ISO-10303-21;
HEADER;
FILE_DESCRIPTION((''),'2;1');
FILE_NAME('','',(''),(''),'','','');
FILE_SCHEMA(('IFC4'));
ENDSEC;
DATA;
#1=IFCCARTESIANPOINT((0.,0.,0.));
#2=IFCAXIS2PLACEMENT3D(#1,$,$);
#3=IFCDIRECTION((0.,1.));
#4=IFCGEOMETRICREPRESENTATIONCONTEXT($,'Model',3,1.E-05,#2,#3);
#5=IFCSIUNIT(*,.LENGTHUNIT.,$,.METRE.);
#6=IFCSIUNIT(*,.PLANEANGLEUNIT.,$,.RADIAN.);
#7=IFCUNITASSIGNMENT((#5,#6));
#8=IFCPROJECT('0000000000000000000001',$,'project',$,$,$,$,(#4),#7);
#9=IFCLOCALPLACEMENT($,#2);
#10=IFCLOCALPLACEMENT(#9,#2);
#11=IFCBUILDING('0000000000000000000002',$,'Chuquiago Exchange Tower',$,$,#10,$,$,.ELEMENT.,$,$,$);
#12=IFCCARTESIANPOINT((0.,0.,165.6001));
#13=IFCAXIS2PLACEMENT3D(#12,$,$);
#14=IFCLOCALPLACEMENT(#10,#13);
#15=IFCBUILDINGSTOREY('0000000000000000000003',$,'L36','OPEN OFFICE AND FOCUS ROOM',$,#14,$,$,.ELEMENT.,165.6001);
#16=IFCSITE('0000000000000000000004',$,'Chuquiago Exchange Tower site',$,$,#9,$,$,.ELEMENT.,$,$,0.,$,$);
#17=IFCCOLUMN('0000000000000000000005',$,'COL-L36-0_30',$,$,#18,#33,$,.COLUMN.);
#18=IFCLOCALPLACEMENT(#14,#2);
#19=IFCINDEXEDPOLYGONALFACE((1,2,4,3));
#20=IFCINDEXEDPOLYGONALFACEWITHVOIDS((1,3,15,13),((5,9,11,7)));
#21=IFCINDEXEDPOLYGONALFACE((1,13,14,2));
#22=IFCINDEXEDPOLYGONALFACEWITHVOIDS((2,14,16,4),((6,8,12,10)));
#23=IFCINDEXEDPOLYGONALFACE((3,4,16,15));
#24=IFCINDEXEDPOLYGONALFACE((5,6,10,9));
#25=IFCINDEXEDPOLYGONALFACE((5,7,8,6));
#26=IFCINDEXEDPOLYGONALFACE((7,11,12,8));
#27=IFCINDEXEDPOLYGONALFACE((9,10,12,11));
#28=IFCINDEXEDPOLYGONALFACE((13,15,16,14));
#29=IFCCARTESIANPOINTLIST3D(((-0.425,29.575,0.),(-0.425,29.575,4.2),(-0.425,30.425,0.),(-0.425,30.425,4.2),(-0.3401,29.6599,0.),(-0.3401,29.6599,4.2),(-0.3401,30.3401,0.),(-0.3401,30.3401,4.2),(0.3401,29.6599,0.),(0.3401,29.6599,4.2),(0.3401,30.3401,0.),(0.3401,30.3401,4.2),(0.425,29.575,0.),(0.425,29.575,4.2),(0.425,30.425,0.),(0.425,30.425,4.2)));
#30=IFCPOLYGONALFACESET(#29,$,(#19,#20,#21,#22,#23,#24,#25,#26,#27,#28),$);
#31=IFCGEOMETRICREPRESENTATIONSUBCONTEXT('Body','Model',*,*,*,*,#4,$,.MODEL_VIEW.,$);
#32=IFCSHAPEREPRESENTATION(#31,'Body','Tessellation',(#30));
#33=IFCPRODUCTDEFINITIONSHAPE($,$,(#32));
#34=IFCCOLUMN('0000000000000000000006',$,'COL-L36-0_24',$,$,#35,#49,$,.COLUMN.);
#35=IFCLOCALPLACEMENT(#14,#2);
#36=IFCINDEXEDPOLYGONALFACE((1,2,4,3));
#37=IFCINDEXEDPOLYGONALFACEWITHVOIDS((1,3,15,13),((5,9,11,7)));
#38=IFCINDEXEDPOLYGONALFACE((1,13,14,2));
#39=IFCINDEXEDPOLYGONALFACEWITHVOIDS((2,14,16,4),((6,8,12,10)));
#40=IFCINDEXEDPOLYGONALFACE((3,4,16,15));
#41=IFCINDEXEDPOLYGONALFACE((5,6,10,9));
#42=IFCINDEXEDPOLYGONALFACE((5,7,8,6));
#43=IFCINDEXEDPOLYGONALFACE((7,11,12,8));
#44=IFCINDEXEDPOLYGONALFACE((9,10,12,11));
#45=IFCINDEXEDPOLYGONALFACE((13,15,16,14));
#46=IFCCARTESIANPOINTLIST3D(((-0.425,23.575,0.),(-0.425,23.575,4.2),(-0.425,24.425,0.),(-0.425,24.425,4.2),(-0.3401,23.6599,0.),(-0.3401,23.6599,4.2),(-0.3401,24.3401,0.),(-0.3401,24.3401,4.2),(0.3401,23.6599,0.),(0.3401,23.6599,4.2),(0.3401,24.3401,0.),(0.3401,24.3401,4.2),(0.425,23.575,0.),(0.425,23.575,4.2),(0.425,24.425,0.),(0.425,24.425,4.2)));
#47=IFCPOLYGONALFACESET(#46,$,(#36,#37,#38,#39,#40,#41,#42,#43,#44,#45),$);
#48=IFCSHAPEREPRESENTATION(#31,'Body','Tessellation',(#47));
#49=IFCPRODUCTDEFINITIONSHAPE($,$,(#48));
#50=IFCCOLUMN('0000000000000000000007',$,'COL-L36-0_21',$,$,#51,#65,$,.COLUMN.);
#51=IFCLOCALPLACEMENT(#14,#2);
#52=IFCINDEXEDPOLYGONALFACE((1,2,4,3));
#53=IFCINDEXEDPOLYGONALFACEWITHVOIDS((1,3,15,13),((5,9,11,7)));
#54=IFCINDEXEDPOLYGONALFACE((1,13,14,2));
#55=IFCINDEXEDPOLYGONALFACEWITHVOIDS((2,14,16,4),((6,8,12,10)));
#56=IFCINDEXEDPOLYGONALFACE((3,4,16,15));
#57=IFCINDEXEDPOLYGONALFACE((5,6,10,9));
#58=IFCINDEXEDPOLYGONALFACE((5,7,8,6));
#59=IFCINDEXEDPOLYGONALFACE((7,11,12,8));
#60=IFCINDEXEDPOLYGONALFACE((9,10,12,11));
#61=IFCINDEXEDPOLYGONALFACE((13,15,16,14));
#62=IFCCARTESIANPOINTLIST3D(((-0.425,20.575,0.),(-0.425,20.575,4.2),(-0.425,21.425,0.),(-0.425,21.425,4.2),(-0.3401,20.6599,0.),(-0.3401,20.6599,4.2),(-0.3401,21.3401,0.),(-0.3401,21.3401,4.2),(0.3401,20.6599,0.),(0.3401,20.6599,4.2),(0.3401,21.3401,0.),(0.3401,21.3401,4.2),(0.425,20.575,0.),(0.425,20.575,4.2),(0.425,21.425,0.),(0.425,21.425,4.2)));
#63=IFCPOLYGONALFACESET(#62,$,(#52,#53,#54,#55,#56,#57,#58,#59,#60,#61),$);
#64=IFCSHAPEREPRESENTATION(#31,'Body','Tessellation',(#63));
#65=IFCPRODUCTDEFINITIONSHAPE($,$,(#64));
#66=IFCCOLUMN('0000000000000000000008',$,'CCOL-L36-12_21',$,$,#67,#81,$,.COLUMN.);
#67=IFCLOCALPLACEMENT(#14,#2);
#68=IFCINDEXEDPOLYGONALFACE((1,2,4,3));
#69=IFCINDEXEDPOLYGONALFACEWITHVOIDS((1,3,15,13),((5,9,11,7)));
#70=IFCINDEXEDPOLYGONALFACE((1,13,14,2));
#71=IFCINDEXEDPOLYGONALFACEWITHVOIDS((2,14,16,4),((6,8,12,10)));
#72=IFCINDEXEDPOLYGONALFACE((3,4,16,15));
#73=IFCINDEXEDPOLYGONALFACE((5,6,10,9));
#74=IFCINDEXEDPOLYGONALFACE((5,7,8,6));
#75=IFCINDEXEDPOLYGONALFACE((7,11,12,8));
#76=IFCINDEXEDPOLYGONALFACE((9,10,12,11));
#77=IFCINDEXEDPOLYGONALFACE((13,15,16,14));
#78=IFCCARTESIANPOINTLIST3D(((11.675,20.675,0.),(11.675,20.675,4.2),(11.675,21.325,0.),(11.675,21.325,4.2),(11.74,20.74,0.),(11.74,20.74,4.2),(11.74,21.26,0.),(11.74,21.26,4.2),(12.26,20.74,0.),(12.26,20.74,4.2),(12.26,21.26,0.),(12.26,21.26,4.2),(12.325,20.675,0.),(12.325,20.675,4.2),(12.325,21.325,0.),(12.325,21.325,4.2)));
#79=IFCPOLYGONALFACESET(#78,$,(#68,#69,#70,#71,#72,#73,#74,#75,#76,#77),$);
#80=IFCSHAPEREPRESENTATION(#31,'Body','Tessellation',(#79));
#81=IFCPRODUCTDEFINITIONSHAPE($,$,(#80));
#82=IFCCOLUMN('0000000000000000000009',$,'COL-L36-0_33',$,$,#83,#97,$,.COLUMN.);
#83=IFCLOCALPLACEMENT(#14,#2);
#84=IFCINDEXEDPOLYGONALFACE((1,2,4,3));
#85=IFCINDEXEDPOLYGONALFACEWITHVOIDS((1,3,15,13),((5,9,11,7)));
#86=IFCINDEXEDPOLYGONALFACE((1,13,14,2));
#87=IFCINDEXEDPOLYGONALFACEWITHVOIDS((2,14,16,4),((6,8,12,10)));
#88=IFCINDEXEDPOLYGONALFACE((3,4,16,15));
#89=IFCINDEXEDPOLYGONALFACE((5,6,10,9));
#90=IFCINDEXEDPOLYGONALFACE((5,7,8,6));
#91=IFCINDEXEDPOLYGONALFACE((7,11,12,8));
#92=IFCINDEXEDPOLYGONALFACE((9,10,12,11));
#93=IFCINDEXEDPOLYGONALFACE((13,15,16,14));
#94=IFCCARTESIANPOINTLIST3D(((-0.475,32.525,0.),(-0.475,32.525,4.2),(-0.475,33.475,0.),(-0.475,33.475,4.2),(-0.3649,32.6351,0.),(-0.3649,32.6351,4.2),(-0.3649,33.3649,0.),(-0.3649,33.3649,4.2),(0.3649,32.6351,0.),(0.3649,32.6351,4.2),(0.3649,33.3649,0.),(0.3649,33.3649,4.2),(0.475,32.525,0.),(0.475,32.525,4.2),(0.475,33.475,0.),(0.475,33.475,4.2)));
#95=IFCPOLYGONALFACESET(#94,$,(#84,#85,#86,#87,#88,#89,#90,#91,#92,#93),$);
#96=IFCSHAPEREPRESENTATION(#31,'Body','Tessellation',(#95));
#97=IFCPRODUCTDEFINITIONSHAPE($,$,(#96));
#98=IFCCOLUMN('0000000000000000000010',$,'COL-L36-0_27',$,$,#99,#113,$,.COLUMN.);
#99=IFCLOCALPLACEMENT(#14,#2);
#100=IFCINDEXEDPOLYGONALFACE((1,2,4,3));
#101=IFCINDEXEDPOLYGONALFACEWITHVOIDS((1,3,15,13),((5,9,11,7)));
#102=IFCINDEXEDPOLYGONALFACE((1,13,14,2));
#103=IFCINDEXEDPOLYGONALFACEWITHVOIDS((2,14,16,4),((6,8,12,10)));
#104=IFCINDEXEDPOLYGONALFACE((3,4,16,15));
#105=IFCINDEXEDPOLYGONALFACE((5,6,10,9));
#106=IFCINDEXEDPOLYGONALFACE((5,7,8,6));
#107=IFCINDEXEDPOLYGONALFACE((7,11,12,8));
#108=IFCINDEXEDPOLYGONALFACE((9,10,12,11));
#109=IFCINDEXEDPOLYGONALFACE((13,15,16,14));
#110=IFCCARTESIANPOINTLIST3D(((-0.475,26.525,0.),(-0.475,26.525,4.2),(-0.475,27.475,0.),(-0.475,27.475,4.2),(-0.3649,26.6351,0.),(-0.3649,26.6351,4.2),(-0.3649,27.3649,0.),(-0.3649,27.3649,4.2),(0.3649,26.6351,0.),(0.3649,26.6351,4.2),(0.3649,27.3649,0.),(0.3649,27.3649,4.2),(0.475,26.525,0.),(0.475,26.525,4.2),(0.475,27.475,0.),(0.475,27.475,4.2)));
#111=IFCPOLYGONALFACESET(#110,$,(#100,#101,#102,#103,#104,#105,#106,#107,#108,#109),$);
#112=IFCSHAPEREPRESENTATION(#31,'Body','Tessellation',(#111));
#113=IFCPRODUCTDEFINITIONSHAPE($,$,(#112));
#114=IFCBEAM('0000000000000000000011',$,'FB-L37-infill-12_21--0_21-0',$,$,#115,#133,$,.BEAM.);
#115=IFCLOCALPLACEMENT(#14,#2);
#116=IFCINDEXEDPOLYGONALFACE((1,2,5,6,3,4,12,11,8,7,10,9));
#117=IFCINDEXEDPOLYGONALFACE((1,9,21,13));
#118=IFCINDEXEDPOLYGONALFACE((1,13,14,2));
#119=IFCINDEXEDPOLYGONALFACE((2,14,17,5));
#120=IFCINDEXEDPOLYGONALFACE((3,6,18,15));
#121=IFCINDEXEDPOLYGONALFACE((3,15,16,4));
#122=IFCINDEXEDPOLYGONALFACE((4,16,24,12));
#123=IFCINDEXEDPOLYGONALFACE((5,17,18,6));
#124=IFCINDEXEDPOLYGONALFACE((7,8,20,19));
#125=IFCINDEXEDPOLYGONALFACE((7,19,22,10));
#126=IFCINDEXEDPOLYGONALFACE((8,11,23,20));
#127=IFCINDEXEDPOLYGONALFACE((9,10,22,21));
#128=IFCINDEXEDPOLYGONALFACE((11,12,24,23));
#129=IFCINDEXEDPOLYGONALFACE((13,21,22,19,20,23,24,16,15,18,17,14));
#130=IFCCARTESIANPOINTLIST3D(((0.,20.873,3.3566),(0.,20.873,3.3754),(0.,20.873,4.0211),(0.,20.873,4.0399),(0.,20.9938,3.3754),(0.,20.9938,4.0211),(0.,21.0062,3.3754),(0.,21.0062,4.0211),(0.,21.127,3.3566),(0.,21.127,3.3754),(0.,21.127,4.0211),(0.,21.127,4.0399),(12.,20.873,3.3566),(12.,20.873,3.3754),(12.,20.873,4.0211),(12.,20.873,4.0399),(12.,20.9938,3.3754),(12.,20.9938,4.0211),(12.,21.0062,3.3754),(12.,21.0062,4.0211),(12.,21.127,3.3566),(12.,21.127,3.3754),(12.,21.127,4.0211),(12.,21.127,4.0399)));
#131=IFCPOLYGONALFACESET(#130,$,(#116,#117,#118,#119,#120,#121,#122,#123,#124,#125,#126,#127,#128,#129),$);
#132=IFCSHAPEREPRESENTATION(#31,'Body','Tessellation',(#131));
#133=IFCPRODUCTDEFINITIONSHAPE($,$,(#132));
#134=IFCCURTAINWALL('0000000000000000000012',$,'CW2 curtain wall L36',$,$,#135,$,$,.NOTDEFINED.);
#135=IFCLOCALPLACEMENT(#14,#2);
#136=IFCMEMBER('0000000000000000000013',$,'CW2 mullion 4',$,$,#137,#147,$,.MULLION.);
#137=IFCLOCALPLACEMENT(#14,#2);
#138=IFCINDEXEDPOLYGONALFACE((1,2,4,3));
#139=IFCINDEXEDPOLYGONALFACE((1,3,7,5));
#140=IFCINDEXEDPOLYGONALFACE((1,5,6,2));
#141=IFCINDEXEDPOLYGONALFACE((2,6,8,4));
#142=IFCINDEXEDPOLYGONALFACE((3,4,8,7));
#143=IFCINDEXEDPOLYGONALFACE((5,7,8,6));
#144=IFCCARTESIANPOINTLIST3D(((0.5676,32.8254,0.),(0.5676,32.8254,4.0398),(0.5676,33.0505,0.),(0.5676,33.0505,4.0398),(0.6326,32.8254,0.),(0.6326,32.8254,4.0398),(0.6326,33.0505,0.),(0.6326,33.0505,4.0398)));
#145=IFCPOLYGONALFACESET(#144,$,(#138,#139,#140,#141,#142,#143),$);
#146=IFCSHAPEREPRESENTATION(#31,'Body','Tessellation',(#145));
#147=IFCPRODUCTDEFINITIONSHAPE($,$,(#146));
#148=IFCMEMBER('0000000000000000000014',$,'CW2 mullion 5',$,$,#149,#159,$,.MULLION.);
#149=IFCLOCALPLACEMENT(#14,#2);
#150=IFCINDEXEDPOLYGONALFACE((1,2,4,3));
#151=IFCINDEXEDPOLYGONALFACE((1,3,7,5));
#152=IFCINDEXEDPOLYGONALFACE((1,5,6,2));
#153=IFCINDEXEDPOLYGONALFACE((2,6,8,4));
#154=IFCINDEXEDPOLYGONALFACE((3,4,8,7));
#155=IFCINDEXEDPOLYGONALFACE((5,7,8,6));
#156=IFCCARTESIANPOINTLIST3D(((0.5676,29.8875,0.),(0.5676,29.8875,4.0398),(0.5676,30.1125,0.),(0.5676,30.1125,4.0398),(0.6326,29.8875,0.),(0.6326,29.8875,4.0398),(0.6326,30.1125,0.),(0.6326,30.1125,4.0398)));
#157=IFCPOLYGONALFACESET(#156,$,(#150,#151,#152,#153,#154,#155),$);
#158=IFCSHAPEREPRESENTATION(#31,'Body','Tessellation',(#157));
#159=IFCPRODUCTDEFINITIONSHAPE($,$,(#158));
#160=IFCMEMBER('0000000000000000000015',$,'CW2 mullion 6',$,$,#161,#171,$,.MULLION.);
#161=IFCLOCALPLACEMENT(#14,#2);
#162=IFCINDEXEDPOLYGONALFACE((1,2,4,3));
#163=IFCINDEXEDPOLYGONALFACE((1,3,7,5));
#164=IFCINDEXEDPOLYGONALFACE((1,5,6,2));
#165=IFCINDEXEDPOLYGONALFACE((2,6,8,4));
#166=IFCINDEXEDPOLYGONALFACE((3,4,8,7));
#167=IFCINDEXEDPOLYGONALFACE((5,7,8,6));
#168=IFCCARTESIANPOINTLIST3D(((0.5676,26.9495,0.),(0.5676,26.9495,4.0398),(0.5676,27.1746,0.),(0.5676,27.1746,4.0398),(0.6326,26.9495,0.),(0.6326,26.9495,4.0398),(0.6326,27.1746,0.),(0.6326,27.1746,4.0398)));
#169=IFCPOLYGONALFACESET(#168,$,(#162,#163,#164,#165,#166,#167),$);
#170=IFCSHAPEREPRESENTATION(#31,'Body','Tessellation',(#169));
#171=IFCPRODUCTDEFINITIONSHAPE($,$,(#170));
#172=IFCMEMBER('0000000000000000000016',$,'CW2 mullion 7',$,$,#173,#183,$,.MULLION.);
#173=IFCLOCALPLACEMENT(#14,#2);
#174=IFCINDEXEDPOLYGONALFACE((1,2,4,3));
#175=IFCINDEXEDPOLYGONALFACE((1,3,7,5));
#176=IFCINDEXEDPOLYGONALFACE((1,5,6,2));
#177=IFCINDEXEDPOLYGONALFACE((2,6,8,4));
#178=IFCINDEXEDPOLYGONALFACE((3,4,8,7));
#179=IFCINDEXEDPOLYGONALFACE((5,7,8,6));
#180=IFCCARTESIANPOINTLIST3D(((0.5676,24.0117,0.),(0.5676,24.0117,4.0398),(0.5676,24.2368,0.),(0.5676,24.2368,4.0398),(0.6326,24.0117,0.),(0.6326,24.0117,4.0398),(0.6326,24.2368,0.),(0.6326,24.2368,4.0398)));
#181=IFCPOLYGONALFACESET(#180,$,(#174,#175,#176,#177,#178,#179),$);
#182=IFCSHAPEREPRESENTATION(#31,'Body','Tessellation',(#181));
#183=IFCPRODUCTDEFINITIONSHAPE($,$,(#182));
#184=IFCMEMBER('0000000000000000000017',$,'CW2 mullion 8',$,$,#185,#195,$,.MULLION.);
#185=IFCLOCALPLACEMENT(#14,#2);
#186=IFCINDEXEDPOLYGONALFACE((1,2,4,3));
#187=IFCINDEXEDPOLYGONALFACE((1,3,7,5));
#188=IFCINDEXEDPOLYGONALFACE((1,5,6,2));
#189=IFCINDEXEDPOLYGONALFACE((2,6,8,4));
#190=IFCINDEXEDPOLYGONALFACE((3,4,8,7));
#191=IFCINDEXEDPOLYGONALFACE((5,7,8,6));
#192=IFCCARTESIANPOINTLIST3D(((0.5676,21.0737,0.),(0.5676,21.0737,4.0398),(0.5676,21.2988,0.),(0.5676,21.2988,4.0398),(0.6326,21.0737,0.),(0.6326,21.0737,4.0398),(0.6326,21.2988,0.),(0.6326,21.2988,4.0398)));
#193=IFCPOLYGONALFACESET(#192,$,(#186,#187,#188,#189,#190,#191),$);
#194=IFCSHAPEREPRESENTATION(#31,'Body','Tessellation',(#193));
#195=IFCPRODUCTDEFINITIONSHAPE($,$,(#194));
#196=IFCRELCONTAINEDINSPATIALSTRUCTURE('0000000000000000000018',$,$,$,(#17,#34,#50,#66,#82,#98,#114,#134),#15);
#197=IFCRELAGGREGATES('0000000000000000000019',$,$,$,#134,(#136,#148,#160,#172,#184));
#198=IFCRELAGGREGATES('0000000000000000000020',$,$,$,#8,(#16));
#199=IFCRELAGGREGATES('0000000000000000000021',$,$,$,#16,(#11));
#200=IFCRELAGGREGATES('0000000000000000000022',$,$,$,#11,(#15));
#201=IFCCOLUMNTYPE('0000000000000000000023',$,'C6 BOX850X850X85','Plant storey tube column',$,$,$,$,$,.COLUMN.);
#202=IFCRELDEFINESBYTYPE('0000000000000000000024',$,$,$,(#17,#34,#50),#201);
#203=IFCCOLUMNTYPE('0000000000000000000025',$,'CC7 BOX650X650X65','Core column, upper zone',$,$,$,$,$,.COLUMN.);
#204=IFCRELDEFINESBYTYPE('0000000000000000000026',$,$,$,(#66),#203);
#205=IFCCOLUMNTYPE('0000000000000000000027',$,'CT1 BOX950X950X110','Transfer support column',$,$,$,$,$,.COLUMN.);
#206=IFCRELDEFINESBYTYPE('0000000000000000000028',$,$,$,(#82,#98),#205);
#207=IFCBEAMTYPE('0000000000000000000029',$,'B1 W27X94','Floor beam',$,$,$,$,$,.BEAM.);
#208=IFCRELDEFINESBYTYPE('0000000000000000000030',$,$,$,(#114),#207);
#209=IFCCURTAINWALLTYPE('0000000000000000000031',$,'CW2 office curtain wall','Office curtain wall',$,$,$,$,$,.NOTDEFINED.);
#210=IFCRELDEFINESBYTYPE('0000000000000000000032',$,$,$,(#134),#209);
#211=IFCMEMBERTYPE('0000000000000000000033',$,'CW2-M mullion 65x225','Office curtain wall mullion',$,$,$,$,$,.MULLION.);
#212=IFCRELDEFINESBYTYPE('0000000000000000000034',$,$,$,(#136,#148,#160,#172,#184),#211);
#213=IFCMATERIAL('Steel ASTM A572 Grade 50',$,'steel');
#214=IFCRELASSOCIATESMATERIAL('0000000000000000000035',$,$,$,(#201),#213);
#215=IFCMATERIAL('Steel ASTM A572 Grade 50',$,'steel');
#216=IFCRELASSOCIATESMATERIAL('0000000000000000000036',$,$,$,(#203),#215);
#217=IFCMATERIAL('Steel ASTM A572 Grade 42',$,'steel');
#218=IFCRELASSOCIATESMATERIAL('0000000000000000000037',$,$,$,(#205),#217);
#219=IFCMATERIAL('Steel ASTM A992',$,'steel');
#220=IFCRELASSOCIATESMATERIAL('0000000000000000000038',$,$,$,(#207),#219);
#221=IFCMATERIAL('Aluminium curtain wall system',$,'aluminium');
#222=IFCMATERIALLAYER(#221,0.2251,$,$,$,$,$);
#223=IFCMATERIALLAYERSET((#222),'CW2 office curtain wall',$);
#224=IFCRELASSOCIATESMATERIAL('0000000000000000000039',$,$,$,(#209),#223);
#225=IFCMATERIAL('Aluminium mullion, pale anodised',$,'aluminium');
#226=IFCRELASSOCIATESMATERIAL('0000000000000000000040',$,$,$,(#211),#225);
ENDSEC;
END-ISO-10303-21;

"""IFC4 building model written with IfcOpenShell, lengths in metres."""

from ifc_helpers import new_model, si_unit, direction, frame, origin, origin_2d, place, context, subcontext, project, spatial, rectangle, hollow_rectangle, i_section, extrude, material, layer, layer_set, material_profile, profile_set, type_object, element, aggregate, save


model = new_model("IFC4")

# Units and contexts
model_context = context("Model", 3, precision=1e-05, world=origin(), true_north=direction((0.0, 1.0)))
body_context = subcontext(model_context, "Body", "Model", "MODEL_VIEW")
ifc_project = project(units=[si_unit("LENGTHUNIT", "METRE"), si_unit("PLANEANGLEUNIT", "RADIAN")], contexts=[model_context])

# Site, building, storey
site_placement = place(None, origin())
site = spatial("IfcSite", under=ifc_project, at=site_placement, Name="Chuquiago Exchange Tower site", CompositionType="ELEMENT", RefElevation=0.0)
building_placement = place(site_placement, origin())
building = spatial("IfcBuilding", under=site, at=building_placement, Name="Chuquiago Exchange Tower", CompositionType="ELEMENT")
storey_placement = place(building_placement, frame((0.0, 0.0, 165.6001)))
storey = spatial("IfcBuildingStorey", under=building, at=storey_placement, Name="L36", Description="OPEN OFFICE AND FOCUS ROOM", CompositionType="ELEMENT", Elevation=165.6001)

# Columns
ifc_material_1 = material(Name="Steel ASTM A572 Grade 50", Category="steel")
ifc_material_profile_1 = material_profile(ifc_material_1, hollow_rectangle(XDim=0.8501, YDim=0.8501, WallThickness=0.085, at=origin_2d()), Name="BOX850X850X85")
ifc_profile_set_1 = profile_set([ifc_material_profile_1], Name="Steel ASTM A572 Grade 50")
column_type_1 = type_object("IfcColumnType", Name="C6 BOX850X850X85", Description="Plant storey tube column", PredefinedType="COLUMN", material=ifc_profile_set_1)
for number, where, z_axis, x_axis, name in (
    (1, (0.0, 30.0, 0.0), (0.0, 0.0, 1.0), (-1.0, 0.0, 0.0), "COL-L36-0_30"),
    (2, (0.0, 24.0, 0.0), (0.0, 0.0, 1.0), (-1.0, 0.0, 0.0), "COL-L36-0_24"),
    (3, (0.0, 21.0, 0.0), (0.0, 0.0, 1.0), (-1.0, 0.0, 0.0), "COL-L36-0_21"),
):
    element("IfcColumn", number, at=place(storey_placement, frame(where, z_axis=z_axis, x_axis=x_axis)), inside=storey, type_object=column_type_1, Name=name, PredefinedType="COLUMN", context=body_context, shape_type="SweptSolid", body=[
        extrude(hollow_rectangle(XDim=0.8501, YDim=0.8501, WallThickness=0.085, at=origin_2d()), origin(), (0.0, 0.0, 1.0), 4.2),
    ])
ifc_material_2 = material(Name="Steel ASTM A572 Grade 50", Category="steel")
ifc_material_profile_2 = material_profile(ifc_material_2, hollow_rectangle(XDim=0.6499, YDim=0.6499, WallThickness=0.0649, at=origin_2d()), Name="BOX650X650X65")
ifc_profile_set_2 = profile_set([ifc_material_profile_2], Name="Steel ASTM A572 Grade 50")
column_type_2 = type_object("IfcColumnType", Name="CC7 BOX650X650X65", Description="Core column, upper zone", PredefinedType="COLUMN", material=ifc_profile_set_2)
column_placement = place(storey_placement, frame((12.0, 21.0, 0.0), z_axis=(0.0, 0.0, 1.0), x_axis=(1.0, 0.0, 0.0)))
element("IfcColumn", 4, at=column_placement, inside=storey, type_object=column_type_2, Name="CCOL-L36-12_21", PredefinedType="COLUMN", context=body_context, shape_type="SweptSolid", body=[
    extrude(hollow_rectangle(XDim=0.6499, YDim=0.6499, WallThickness=0.0649, at=origin_2d()), origin(), (0.0, 0.0, 1.0), 4.2),
])
ifc_material_3 = material(Name="Steel ASTM A572 Grade 42", Category="steel")
ifc_material_profile_3 = material_profile(ifc_material_3, hollow_rectangle(XDim=0.95, YDim=0.95, WallThickness=0.1101, at=origin_2d()), Name="BOX950X950X110")
ifc_profile_set_3 = profile_set([ifc_material_profile_3], Name="Steel ASTM A572 Grade 42")
column_type_3 = type_object("IfcColumnType", Name="CT1 BOX950X950X110", Description="Transfer support column", PredefinedType="COLUMN", material=ifc_profile_set_3)
for number, where, z_axis, x_axis, name in (
    (5, (0.0, 33.0, 0.0), (0.0, 0.0, 1.0), (-1.0, 0.0, 0.0), "COL-L36-0_33"),
    (6, (0.0, 27.0, 0.0), (0.0, 0.0, 1.0), (-1.0, 0.0, 0.0), "COL-L36-0_27"),
):
    element("IfcColumn", number, at=place(storey_placement, frame(where, z_axis=z_axis, x_axis=x_axis)), inside=storey, type_object=column_type_3, Name=name, PredefinedType="COLUMN", context=body_context, shape_type="SweptSolid", body=[
        extrude(hollow_rectangle(XDim=0.95, YDim=0.95, WallThickness=0.1101, at=origin_2d()), origin(), (0.0, 0.0, 1.0), 4.2),
    ])

# Beam
ifc_material_4 = material(Name="Steel ASTM A992", Category="steel")
ifc_material_profile_4 = material_profile(ifc_material_4, i_section(OverallWidth=0.2539, OverallDepth=0.6833, WebThickness=0.0125, FlangeThickness=0.0188, at=origin_2d()), Name="W27X94")
ifc_profile_set_4 = profile_set([ifc_material_profile_4], Name="Steel ASTM A992")
beam_type_1 = type_object("IfcBeamType", Name="B1 W27X94", Description="Floor beam", PredefinedType="BEAM", material=ifc_profile_set_4)
beam_placement = place(storey_placement, frame((12.0, 21.0, 3.6982), z_axis=(-1.0, 0.0, 0.0), x_axis=(0.0, -1.0, 0.0)))
element("IfcBeam", 7, at=beam_placement, inside=storey, type_object=beam_type_1, Name="FB-L37-infill-12_21--0_21-0", PredefinedType="BEAM", context=body_context, shape_type="SweptSolid", body=[
    extrude(i_section(OverallWidth=0.2539, OverallDepth=0.6833, WebThickness=0.0125, FlangeThickness=0.0188, at=origin_2d()), origin(), (0.0, 0.0, 1.0), 12.0),
])

# Curtain wall, members
ifc_material_5 = material(Name="Aluminium curtain wall system", Category="aluminium")
ifc_layer_1 = layer(ifc_material_5, 0.2251)
ifc_layer_set_1 = layer_set([ifc_layer_1], Name="CW2 office curtain wall")
curtain_wall_type = type_object("IfcCurtainWallType", Name="CW2 office curtain wall", Description="Office curtain wall", PredefinedType="NOTDEFINED", material=ifc_layer_set_1)
curtain_wall_placement = place(storey_placement, origin())
curtain_wall = element("IfcCurtainWall", 8, at=curtain_wall_placement, inside=storey, type_object=curtain_wall_type, Name="CW2 curtain wall L36", PredefinedType="NOTDEFINED")
ifc_material_6 = material(Name="Aluminium mullion, pale anodised", Category="aluminium")
ifc_material_profile_5 = material_profile(ifc_material_6, rectangle(XDim=0.0649, YDim=0.2251, at=origin_2d()), Name="AL 65x225")
ifc_profile_set_5 = profile_set([ifc_material_profile_5], Name="Aluminium mullion, pale anodised")
member_type_1 = type_object("IfcMemberType", Name="CW2-M mullion 65x225", Description="Office curtain wall mullion", PredefinedType="MULLION", material=ifc_profile_set_5)
member_1_placement = place(storey_placement, frame((0.6001, 32.938, 0.0), z_axis=(0.0, 0.0, 1.0), x_axis=(1.0, 0.0, 0.0)))
member_1 = element("IfcMember", 9, at=member_1_placement, type_object=member_type_1, Name="CW2 mullion 4", PredefinedType="MULLION", context=body_context, shape_type="SweptSolid", body=[
    extrude(rectangle(XDim=0.0649, YDim=0.2251, at=origin_2d()), origin(), (0.0, 0.0, 1.0), 4.0398),
])
member_2_placement = place(storey_placement, frame((0.6001, 30.0, 0.0), z_axis=(0.0, 0.0, 1.0), x_axis=(1.0, 0.0, 0.0)))
member_2 = element("IfcMember", 10, at=member_2_placement, type_object=member_type_1, Name="CW2 mullion 5", PredefinedType="MULLION", context=body_context, shape_type="SweptSolid", body=[
    extrude(rectangle(XDim=0.0649, YDim=0.2251, at=origin_2d()), origin(), (0.0, 0.0, 1.0), 4.0398),
])
member_3_placement = place(storey_placement, frame((0.6001, 27.062, 0.0), z_axis=(0.0, 0.0, 1.0), x_axis=(1.0, 0.0, 0.0)))
member_3 = element("IfcMember", 11, at=member_3_placement, type_object=member_type_1, Name="CW2 mullion 6", PredefinedType="MULLION", context=body_context, shape_type="SweptSolid", body=[
    extrude(rectangle(XDim=0.0649, YDim=0.2251, at=origin_2d()), origin(), (0.0, 0.0, 1.0), 4.0398),
])
member_4_placement = place(storey_placement, frame((0.6001, 24.1243, 0.0), z_axis=(0.0, 0.0, 1.0), x_axis=(1.0, 0.0, 0.0)))
member_4 = element("IfcMember", 12, at=member_4_placement, type_object=member_type_1, Name="CW2 mullion 7", PredefinedType="MULLION", context=body_context, shape_type="SweptSolid", body=[
    extrude(rectangle(XDim=0.0649, YDim=0.2251, at=origin_2d()), origin(), (0.0, 0.0, 1.0), 4.0398),
])
member_5_placement = place(storey_placement, frame((0.6001, 21.1863, 0.0), z_axis=(0.0, 0.0, 1.0), x_axis=(1.0, 0.0, 0.0)))
member_5 = element("IfcMember", 13, at=member_5_placement, type_object=member_type_1, Name="CW2 mullion 8", PredefinedType="MULLION", context=body_context, shape_type="SweptSolid", body=[
    extrude(rectangle(XDim=0.0649, YDim=0.2251, at=origin_2d()), origin(), (0.0, 0.0, 1.0), 4.0398),
])

aggregate(curtain_wall, [member_1, member_2, member_3, member_4, member_5])

save(model, "model.ifc")
